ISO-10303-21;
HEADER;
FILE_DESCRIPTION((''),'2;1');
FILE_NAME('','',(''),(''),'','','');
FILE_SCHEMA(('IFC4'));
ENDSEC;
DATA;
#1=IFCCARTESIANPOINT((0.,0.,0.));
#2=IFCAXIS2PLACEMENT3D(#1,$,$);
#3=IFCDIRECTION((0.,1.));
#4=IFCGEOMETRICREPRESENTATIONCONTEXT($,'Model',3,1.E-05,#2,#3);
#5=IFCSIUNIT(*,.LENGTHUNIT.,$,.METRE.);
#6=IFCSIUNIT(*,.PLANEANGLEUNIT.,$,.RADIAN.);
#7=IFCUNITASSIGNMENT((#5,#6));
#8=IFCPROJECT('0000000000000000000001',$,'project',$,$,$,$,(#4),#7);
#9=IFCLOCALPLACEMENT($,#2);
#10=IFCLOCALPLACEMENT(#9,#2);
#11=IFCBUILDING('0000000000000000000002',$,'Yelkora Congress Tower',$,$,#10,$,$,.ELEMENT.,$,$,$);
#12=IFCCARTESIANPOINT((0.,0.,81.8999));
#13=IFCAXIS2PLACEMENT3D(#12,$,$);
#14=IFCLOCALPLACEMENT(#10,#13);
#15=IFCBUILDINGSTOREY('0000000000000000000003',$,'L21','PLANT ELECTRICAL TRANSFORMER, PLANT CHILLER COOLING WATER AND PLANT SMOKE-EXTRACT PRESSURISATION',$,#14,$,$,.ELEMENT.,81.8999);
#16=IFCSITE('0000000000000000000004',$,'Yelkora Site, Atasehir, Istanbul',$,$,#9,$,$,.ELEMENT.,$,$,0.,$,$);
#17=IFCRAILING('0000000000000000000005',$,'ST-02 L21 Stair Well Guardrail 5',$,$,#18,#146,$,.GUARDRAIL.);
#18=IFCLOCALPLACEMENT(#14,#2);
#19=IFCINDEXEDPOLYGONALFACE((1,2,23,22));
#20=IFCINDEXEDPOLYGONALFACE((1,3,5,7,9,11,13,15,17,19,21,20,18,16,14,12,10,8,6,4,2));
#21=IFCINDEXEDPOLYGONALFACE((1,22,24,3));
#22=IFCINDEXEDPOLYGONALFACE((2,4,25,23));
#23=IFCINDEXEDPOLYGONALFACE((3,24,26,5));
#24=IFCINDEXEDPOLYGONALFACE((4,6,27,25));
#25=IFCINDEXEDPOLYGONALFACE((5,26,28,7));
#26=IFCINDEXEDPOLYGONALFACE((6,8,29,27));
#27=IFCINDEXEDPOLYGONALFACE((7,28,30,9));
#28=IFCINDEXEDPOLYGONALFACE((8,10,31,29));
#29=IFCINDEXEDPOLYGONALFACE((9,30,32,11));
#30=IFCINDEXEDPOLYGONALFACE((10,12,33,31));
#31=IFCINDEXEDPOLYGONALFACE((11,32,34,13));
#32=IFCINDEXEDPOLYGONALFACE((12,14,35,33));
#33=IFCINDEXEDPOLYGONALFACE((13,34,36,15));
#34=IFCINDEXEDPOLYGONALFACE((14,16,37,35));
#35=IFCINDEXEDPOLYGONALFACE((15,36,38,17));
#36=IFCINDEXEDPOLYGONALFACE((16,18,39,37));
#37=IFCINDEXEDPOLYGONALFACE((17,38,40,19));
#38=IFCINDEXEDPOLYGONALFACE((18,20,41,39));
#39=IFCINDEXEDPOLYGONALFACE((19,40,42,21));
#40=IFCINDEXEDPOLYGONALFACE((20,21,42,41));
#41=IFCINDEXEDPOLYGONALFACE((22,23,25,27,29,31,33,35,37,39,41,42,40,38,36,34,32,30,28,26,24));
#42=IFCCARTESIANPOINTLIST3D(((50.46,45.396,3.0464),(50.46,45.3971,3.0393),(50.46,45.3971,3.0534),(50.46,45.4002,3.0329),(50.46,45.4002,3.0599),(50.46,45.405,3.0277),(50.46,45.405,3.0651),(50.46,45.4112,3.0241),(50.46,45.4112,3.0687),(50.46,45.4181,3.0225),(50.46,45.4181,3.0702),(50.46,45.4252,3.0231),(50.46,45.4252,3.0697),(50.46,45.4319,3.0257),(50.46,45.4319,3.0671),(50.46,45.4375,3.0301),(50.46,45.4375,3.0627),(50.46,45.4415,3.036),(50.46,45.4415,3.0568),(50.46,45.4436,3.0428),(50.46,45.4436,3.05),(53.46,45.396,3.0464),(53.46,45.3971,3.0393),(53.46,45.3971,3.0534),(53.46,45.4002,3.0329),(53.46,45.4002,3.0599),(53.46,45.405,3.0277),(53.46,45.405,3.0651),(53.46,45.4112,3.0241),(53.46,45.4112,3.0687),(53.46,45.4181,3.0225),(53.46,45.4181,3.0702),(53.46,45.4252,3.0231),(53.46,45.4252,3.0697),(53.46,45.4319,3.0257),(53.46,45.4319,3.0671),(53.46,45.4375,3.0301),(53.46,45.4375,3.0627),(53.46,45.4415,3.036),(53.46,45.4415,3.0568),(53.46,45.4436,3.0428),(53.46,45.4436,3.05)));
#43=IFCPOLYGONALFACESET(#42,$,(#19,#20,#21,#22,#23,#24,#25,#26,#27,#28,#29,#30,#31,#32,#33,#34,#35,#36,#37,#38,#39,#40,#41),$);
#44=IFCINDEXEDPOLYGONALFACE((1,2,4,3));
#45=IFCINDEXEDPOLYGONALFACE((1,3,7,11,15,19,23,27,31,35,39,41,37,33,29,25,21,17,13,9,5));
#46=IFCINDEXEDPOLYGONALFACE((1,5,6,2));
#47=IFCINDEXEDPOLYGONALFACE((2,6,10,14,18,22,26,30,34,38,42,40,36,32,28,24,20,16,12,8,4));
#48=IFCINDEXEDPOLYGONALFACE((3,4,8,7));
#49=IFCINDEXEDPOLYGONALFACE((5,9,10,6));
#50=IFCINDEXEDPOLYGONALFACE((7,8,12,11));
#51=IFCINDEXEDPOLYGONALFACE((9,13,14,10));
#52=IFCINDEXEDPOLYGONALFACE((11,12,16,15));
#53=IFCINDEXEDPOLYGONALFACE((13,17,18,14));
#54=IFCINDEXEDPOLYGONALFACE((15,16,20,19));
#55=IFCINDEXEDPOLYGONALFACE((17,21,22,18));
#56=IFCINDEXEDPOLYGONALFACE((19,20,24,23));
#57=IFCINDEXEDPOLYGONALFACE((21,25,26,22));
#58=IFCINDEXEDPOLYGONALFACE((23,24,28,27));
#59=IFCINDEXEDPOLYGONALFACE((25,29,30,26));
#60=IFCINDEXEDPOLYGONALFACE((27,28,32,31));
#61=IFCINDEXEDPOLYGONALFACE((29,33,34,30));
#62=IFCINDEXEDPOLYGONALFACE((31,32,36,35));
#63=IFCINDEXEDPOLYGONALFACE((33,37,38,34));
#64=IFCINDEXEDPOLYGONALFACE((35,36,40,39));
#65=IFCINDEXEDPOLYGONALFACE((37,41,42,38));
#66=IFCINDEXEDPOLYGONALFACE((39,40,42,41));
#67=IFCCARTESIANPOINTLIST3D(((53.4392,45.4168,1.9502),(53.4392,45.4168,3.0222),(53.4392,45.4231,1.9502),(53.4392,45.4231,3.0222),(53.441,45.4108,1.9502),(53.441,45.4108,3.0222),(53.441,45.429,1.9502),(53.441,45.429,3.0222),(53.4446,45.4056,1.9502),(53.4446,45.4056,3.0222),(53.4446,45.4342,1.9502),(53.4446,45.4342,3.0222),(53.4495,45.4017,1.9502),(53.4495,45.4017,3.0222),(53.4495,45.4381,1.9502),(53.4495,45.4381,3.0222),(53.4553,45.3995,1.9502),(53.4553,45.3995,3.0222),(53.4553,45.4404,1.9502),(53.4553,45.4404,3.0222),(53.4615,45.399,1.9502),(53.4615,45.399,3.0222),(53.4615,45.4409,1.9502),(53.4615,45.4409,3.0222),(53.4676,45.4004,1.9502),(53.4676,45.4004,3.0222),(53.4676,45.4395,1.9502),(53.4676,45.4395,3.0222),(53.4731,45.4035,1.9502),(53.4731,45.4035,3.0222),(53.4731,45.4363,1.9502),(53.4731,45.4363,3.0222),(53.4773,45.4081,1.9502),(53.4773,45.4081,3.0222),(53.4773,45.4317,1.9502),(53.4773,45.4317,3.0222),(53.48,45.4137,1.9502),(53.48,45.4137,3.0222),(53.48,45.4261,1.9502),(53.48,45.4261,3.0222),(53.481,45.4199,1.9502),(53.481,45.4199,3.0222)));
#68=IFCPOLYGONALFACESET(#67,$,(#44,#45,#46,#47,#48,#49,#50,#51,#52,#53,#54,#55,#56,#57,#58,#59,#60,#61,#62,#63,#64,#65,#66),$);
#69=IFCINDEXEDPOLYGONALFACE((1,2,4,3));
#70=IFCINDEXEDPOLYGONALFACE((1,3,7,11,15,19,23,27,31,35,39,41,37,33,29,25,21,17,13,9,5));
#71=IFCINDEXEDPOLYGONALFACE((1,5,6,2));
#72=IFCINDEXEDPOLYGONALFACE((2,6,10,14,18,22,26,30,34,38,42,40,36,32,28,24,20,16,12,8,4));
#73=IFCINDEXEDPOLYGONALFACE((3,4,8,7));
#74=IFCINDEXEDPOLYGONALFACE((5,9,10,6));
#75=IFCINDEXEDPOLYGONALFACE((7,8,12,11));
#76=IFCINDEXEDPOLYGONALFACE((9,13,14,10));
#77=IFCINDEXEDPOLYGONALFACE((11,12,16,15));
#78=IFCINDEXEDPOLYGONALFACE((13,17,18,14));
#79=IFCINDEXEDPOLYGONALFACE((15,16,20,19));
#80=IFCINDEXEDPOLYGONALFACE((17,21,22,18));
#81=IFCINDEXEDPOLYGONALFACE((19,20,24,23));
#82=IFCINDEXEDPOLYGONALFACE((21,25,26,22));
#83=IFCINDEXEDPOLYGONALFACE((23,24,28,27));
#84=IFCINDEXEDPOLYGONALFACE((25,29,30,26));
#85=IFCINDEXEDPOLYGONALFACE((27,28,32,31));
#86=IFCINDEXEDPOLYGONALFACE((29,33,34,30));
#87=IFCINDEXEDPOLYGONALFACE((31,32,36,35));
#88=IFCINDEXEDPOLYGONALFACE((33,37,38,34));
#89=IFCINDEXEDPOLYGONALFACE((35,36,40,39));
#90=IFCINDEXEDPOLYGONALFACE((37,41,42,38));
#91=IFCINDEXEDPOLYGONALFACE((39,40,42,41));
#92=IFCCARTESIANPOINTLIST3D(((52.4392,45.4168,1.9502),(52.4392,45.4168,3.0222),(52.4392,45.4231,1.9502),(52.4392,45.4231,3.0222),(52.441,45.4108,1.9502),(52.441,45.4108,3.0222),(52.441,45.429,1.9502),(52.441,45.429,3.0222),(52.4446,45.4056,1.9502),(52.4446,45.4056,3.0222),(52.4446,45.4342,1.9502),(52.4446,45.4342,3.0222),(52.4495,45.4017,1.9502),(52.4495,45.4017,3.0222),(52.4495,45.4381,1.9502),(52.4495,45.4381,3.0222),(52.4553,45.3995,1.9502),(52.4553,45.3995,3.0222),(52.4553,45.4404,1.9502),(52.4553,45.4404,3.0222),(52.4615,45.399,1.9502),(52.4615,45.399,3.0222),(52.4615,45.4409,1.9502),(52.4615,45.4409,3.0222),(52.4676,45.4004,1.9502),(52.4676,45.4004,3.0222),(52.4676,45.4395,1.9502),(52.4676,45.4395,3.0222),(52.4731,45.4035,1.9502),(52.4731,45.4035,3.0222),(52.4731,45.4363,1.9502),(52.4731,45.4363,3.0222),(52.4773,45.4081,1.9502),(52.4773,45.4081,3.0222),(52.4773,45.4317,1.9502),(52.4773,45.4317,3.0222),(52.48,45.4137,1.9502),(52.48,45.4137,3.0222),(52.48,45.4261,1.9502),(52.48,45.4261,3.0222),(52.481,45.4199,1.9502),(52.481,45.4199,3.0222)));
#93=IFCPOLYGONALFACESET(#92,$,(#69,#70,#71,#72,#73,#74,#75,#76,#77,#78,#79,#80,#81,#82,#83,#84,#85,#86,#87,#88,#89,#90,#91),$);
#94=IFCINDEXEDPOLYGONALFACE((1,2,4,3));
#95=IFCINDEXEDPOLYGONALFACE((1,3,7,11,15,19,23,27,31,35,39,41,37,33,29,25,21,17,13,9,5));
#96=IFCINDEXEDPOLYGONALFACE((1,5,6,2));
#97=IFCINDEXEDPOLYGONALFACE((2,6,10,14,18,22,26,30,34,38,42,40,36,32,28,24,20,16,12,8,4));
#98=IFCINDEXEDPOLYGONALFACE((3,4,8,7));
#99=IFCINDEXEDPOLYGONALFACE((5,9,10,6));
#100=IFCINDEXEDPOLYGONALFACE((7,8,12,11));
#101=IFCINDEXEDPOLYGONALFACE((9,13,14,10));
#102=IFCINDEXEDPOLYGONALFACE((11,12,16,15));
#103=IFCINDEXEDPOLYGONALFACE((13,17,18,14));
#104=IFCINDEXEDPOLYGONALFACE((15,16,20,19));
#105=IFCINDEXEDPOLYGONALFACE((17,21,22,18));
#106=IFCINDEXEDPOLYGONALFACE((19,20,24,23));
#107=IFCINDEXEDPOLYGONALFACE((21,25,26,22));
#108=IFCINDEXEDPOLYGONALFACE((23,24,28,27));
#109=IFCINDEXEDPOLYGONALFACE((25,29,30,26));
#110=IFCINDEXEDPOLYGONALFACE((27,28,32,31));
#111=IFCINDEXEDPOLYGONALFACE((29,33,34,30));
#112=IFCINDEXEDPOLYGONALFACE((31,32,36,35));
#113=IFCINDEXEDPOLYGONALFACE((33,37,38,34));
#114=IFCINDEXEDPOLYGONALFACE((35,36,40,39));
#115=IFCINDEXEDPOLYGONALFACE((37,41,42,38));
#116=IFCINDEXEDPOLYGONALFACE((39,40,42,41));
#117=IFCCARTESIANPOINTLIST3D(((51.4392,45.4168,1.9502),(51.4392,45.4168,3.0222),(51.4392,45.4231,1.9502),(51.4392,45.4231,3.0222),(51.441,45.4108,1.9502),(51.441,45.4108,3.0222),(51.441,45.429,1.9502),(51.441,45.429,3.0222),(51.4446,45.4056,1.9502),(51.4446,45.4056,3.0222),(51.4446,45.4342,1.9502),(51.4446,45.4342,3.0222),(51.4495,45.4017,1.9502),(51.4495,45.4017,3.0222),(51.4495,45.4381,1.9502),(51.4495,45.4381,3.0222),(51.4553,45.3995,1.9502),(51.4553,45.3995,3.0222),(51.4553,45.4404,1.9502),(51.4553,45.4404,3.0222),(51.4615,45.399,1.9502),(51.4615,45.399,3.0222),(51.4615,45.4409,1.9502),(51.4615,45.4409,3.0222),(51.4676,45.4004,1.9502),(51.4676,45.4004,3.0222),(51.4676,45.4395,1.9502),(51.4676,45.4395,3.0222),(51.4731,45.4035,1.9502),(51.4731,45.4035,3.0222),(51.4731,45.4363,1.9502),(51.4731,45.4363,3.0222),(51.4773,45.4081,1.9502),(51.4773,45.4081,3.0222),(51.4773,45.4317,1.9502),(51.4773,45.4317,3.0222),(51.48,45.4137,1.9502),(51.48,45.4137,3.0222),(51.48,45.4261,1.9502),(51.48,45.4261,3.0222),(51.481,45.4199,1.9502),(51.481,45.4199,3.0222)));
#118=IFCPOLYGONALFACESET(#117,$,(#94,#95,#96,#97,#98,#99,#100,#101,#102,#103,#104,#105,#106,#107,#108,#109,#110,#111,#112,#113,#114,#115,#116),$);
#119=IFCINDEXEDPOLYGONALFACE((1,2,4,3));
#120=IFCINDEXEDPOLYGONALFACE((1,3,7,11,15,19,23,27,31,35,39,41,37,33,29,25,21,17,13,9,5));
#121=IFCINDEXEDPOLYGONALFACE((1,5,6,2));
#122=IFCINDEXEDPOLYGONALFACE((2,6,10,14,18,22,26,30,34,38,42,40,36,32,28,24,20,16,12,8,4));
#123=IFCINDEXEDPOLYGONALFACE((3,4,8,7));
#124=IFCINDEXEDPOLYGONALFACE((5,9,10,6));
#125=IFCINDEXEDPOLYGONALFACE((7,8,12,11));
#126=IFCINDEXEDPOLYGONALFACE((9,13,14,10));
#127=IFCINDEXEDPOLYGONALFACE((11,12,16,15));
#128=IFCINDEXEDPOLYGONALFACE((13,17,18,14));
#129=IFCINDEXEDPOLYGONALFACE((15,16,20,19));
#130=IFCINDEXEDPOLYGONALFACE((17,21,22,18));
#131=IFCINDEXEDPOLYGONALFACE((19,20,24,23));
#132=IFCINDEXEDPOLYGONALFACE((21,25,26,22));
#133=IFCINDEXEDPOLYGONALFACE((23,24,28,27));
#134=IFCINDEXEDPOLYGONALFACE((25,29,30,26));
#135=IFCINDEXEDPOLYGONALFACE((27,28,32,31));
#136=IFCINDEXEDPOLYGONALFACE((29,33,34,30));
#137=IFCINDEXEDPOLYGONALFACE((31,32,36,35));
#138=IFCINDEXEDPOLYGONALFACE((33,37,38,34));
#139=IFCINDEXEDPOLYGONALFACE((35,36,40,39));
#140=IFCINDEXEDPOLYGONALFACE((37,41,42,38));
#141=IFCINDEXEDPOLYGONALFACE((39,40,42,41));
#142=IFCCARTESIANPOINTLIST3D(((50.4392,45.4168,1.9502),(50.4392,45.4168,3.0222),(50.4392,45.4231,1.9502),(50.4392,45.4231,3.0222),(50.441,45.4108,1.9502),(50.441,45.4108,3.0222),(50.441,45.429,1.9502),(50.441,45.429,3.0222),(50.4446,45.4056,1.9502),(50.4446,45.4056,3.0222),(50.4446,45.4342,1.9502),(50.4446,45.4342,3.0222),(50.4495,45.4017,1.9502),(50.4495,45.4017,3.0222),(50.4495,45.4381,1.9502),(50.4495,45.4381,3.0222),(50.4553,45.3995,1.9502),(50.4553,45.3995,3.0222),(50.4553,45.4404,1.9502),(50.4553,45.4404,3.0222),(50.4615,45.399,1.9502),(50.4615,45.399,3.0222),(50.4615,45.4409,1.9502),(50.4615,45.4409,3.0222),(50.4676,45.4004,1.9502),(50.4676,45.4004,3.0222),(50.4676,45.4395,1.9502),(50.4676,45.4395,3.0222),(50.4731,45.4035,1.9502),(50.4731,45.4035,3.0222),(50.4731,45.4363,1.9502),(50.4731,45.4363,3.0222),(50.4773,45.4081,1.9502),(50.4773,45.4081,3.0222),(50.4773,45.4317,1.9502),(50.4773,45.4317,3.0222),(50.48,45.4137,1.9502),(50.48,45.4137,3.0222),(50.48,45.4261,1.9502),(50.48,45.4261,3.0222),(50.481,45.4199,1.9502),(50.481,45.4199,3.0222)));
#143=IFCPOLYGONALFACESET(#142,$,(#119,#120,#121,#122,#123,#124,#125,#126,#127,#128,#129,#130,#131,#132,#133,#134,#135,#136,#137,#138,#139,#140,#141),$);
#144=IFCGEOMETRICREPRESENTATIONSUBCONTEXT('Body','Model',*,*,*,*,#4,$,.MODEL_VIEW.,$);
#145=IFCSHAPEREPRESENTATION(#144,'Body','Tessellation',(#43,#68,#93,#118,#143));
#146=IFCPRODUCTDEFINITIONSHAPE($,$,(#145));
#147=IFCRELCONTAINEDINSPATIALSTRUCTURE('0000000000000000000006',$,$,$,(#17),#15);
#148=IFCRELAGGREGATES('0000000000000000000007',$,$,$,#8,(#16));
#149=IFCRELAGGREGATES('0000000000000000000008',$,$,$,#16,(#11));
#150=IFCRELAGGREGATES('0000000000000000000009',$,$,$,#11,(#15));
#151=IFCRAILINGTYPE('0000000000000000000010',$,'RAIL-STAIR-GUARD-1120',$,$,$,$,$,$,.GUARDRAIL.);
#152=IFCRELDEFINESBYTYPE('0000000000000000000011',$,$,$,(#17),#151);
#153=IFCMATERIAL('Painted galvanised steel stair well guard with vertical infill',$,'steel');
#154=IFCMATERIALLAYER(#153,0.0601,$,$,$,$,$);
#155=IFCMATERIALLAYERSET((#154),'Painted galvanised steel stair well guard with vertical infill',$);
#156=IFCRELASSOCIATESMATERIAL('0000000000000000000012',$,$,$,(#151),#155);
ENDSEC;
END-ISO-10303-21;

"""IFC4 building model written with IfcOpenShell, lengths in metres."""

from ifc_helpers import new_model, si_unit, direction, frame, origin, origin_2d, place, context, subcontext, project, spatial, circle, extrude, material, layer, layer_set, type_object, element, save


model = new_model("IFC4")

# Units and contexts
model_context = context("Model", 3, precision=1e-05, world=origin(), true_north=direction((0.0, 1.0)))
body_context = subcontext(model_context, "Body", "Model", "MODEL_VIEW")
ifc_project = project(units=[si_unit("LENGTHUNIT", "METRE"), si_unit("PLANEANGLEUNIT", "RADIAN")], contexts=[model_context])

# Site, building, storey
site_placement = place(None, origin())
site = spatial("IfcSite", under=ifc_project, at=site_placement, Name="Yelkora Site, Atasehir, Istanbul", CompositionType="ELEMENT", RefElevation=0.0)
building_placement = place(site_placement, origin())
building = spatial("IfcBuilding", under=site, at=building_placement, Name="Yelkora Congress Tower", CompositionType="ELEMENT")
storey_placement = place(building_placement, frame((0.0, 0.0, 81.8999)))
storey = spatial("IfcBuildingStorey", under=building, at=storey_placement, Name="L21", Description="PLANT ELECTRICAL TRANSFORMER, PLANT CHILLER COOLING WATER AND PLANT SMOKE-EXTRACT PRESSURISATION", CompositionType="ELEMENT", Elevation=81.8999)

# Railing
ifc_material_1 = material(Name="Painted galvanised steel stair well guard with vertical infill", Category="steel")
ifc_layer_1 = layer(ifc_material_1, 0.0601)
ifc_layer_set_1 = layer_set([ifc_layer_1], Name="Painted galvanised steel stair well guard with vertical infill")
railing_type_1 = type_object("IfcRailingType", Name="RAIL-STAIR-GUARD-1120", PredefinedType="GUARDRAIL", material=ifc_layer_set_1)
railing_1_placement = place(storey_placement, frame((53.46, 45.4199, 1.9502)))
element("IfcRailing", 1, at=railing_1_placement, inside=storey, type_object=railing_type_1, Name="ST-02 L21 Stair Well Guardrail 5", PredefinedType="GUARDRAIL", context=body_context, shape_type="SweptSolid", body=[
    extrude(circle(Radius=0.0239, at=origin_2d()), frame((0.0, 0.0, 1.0962), z_axis=(-1.0, 0.0, 0.0), x_axis=(0.0, -1.0, 0.0)), (0.0, 0.0, 1.0), 3.0),
    extrude(circle(Radius=0.021, at=origin_2d()), origin(), (0.0, 0.0, 1.0), 1.072),
    extrude(circle(Radius=0.021, at=origin_2d()), frame((-1.0, 0.0, 0.0)), (0.0, 0.0, 1.0), 1.072),
    extrude(circle(Radius=0.021, at=origin_2d()), frame((-2.0, 0.0, 0.0)), (0.0, 0.0, 1.0), 1.072),
    extrude(circle(Radius=0.021, at=origin_2d()), frame((-3.0, 0.0, 0.0)), (0.0, 0.0, 1.0), 1.072),
])

save(model, "model.ifc")
